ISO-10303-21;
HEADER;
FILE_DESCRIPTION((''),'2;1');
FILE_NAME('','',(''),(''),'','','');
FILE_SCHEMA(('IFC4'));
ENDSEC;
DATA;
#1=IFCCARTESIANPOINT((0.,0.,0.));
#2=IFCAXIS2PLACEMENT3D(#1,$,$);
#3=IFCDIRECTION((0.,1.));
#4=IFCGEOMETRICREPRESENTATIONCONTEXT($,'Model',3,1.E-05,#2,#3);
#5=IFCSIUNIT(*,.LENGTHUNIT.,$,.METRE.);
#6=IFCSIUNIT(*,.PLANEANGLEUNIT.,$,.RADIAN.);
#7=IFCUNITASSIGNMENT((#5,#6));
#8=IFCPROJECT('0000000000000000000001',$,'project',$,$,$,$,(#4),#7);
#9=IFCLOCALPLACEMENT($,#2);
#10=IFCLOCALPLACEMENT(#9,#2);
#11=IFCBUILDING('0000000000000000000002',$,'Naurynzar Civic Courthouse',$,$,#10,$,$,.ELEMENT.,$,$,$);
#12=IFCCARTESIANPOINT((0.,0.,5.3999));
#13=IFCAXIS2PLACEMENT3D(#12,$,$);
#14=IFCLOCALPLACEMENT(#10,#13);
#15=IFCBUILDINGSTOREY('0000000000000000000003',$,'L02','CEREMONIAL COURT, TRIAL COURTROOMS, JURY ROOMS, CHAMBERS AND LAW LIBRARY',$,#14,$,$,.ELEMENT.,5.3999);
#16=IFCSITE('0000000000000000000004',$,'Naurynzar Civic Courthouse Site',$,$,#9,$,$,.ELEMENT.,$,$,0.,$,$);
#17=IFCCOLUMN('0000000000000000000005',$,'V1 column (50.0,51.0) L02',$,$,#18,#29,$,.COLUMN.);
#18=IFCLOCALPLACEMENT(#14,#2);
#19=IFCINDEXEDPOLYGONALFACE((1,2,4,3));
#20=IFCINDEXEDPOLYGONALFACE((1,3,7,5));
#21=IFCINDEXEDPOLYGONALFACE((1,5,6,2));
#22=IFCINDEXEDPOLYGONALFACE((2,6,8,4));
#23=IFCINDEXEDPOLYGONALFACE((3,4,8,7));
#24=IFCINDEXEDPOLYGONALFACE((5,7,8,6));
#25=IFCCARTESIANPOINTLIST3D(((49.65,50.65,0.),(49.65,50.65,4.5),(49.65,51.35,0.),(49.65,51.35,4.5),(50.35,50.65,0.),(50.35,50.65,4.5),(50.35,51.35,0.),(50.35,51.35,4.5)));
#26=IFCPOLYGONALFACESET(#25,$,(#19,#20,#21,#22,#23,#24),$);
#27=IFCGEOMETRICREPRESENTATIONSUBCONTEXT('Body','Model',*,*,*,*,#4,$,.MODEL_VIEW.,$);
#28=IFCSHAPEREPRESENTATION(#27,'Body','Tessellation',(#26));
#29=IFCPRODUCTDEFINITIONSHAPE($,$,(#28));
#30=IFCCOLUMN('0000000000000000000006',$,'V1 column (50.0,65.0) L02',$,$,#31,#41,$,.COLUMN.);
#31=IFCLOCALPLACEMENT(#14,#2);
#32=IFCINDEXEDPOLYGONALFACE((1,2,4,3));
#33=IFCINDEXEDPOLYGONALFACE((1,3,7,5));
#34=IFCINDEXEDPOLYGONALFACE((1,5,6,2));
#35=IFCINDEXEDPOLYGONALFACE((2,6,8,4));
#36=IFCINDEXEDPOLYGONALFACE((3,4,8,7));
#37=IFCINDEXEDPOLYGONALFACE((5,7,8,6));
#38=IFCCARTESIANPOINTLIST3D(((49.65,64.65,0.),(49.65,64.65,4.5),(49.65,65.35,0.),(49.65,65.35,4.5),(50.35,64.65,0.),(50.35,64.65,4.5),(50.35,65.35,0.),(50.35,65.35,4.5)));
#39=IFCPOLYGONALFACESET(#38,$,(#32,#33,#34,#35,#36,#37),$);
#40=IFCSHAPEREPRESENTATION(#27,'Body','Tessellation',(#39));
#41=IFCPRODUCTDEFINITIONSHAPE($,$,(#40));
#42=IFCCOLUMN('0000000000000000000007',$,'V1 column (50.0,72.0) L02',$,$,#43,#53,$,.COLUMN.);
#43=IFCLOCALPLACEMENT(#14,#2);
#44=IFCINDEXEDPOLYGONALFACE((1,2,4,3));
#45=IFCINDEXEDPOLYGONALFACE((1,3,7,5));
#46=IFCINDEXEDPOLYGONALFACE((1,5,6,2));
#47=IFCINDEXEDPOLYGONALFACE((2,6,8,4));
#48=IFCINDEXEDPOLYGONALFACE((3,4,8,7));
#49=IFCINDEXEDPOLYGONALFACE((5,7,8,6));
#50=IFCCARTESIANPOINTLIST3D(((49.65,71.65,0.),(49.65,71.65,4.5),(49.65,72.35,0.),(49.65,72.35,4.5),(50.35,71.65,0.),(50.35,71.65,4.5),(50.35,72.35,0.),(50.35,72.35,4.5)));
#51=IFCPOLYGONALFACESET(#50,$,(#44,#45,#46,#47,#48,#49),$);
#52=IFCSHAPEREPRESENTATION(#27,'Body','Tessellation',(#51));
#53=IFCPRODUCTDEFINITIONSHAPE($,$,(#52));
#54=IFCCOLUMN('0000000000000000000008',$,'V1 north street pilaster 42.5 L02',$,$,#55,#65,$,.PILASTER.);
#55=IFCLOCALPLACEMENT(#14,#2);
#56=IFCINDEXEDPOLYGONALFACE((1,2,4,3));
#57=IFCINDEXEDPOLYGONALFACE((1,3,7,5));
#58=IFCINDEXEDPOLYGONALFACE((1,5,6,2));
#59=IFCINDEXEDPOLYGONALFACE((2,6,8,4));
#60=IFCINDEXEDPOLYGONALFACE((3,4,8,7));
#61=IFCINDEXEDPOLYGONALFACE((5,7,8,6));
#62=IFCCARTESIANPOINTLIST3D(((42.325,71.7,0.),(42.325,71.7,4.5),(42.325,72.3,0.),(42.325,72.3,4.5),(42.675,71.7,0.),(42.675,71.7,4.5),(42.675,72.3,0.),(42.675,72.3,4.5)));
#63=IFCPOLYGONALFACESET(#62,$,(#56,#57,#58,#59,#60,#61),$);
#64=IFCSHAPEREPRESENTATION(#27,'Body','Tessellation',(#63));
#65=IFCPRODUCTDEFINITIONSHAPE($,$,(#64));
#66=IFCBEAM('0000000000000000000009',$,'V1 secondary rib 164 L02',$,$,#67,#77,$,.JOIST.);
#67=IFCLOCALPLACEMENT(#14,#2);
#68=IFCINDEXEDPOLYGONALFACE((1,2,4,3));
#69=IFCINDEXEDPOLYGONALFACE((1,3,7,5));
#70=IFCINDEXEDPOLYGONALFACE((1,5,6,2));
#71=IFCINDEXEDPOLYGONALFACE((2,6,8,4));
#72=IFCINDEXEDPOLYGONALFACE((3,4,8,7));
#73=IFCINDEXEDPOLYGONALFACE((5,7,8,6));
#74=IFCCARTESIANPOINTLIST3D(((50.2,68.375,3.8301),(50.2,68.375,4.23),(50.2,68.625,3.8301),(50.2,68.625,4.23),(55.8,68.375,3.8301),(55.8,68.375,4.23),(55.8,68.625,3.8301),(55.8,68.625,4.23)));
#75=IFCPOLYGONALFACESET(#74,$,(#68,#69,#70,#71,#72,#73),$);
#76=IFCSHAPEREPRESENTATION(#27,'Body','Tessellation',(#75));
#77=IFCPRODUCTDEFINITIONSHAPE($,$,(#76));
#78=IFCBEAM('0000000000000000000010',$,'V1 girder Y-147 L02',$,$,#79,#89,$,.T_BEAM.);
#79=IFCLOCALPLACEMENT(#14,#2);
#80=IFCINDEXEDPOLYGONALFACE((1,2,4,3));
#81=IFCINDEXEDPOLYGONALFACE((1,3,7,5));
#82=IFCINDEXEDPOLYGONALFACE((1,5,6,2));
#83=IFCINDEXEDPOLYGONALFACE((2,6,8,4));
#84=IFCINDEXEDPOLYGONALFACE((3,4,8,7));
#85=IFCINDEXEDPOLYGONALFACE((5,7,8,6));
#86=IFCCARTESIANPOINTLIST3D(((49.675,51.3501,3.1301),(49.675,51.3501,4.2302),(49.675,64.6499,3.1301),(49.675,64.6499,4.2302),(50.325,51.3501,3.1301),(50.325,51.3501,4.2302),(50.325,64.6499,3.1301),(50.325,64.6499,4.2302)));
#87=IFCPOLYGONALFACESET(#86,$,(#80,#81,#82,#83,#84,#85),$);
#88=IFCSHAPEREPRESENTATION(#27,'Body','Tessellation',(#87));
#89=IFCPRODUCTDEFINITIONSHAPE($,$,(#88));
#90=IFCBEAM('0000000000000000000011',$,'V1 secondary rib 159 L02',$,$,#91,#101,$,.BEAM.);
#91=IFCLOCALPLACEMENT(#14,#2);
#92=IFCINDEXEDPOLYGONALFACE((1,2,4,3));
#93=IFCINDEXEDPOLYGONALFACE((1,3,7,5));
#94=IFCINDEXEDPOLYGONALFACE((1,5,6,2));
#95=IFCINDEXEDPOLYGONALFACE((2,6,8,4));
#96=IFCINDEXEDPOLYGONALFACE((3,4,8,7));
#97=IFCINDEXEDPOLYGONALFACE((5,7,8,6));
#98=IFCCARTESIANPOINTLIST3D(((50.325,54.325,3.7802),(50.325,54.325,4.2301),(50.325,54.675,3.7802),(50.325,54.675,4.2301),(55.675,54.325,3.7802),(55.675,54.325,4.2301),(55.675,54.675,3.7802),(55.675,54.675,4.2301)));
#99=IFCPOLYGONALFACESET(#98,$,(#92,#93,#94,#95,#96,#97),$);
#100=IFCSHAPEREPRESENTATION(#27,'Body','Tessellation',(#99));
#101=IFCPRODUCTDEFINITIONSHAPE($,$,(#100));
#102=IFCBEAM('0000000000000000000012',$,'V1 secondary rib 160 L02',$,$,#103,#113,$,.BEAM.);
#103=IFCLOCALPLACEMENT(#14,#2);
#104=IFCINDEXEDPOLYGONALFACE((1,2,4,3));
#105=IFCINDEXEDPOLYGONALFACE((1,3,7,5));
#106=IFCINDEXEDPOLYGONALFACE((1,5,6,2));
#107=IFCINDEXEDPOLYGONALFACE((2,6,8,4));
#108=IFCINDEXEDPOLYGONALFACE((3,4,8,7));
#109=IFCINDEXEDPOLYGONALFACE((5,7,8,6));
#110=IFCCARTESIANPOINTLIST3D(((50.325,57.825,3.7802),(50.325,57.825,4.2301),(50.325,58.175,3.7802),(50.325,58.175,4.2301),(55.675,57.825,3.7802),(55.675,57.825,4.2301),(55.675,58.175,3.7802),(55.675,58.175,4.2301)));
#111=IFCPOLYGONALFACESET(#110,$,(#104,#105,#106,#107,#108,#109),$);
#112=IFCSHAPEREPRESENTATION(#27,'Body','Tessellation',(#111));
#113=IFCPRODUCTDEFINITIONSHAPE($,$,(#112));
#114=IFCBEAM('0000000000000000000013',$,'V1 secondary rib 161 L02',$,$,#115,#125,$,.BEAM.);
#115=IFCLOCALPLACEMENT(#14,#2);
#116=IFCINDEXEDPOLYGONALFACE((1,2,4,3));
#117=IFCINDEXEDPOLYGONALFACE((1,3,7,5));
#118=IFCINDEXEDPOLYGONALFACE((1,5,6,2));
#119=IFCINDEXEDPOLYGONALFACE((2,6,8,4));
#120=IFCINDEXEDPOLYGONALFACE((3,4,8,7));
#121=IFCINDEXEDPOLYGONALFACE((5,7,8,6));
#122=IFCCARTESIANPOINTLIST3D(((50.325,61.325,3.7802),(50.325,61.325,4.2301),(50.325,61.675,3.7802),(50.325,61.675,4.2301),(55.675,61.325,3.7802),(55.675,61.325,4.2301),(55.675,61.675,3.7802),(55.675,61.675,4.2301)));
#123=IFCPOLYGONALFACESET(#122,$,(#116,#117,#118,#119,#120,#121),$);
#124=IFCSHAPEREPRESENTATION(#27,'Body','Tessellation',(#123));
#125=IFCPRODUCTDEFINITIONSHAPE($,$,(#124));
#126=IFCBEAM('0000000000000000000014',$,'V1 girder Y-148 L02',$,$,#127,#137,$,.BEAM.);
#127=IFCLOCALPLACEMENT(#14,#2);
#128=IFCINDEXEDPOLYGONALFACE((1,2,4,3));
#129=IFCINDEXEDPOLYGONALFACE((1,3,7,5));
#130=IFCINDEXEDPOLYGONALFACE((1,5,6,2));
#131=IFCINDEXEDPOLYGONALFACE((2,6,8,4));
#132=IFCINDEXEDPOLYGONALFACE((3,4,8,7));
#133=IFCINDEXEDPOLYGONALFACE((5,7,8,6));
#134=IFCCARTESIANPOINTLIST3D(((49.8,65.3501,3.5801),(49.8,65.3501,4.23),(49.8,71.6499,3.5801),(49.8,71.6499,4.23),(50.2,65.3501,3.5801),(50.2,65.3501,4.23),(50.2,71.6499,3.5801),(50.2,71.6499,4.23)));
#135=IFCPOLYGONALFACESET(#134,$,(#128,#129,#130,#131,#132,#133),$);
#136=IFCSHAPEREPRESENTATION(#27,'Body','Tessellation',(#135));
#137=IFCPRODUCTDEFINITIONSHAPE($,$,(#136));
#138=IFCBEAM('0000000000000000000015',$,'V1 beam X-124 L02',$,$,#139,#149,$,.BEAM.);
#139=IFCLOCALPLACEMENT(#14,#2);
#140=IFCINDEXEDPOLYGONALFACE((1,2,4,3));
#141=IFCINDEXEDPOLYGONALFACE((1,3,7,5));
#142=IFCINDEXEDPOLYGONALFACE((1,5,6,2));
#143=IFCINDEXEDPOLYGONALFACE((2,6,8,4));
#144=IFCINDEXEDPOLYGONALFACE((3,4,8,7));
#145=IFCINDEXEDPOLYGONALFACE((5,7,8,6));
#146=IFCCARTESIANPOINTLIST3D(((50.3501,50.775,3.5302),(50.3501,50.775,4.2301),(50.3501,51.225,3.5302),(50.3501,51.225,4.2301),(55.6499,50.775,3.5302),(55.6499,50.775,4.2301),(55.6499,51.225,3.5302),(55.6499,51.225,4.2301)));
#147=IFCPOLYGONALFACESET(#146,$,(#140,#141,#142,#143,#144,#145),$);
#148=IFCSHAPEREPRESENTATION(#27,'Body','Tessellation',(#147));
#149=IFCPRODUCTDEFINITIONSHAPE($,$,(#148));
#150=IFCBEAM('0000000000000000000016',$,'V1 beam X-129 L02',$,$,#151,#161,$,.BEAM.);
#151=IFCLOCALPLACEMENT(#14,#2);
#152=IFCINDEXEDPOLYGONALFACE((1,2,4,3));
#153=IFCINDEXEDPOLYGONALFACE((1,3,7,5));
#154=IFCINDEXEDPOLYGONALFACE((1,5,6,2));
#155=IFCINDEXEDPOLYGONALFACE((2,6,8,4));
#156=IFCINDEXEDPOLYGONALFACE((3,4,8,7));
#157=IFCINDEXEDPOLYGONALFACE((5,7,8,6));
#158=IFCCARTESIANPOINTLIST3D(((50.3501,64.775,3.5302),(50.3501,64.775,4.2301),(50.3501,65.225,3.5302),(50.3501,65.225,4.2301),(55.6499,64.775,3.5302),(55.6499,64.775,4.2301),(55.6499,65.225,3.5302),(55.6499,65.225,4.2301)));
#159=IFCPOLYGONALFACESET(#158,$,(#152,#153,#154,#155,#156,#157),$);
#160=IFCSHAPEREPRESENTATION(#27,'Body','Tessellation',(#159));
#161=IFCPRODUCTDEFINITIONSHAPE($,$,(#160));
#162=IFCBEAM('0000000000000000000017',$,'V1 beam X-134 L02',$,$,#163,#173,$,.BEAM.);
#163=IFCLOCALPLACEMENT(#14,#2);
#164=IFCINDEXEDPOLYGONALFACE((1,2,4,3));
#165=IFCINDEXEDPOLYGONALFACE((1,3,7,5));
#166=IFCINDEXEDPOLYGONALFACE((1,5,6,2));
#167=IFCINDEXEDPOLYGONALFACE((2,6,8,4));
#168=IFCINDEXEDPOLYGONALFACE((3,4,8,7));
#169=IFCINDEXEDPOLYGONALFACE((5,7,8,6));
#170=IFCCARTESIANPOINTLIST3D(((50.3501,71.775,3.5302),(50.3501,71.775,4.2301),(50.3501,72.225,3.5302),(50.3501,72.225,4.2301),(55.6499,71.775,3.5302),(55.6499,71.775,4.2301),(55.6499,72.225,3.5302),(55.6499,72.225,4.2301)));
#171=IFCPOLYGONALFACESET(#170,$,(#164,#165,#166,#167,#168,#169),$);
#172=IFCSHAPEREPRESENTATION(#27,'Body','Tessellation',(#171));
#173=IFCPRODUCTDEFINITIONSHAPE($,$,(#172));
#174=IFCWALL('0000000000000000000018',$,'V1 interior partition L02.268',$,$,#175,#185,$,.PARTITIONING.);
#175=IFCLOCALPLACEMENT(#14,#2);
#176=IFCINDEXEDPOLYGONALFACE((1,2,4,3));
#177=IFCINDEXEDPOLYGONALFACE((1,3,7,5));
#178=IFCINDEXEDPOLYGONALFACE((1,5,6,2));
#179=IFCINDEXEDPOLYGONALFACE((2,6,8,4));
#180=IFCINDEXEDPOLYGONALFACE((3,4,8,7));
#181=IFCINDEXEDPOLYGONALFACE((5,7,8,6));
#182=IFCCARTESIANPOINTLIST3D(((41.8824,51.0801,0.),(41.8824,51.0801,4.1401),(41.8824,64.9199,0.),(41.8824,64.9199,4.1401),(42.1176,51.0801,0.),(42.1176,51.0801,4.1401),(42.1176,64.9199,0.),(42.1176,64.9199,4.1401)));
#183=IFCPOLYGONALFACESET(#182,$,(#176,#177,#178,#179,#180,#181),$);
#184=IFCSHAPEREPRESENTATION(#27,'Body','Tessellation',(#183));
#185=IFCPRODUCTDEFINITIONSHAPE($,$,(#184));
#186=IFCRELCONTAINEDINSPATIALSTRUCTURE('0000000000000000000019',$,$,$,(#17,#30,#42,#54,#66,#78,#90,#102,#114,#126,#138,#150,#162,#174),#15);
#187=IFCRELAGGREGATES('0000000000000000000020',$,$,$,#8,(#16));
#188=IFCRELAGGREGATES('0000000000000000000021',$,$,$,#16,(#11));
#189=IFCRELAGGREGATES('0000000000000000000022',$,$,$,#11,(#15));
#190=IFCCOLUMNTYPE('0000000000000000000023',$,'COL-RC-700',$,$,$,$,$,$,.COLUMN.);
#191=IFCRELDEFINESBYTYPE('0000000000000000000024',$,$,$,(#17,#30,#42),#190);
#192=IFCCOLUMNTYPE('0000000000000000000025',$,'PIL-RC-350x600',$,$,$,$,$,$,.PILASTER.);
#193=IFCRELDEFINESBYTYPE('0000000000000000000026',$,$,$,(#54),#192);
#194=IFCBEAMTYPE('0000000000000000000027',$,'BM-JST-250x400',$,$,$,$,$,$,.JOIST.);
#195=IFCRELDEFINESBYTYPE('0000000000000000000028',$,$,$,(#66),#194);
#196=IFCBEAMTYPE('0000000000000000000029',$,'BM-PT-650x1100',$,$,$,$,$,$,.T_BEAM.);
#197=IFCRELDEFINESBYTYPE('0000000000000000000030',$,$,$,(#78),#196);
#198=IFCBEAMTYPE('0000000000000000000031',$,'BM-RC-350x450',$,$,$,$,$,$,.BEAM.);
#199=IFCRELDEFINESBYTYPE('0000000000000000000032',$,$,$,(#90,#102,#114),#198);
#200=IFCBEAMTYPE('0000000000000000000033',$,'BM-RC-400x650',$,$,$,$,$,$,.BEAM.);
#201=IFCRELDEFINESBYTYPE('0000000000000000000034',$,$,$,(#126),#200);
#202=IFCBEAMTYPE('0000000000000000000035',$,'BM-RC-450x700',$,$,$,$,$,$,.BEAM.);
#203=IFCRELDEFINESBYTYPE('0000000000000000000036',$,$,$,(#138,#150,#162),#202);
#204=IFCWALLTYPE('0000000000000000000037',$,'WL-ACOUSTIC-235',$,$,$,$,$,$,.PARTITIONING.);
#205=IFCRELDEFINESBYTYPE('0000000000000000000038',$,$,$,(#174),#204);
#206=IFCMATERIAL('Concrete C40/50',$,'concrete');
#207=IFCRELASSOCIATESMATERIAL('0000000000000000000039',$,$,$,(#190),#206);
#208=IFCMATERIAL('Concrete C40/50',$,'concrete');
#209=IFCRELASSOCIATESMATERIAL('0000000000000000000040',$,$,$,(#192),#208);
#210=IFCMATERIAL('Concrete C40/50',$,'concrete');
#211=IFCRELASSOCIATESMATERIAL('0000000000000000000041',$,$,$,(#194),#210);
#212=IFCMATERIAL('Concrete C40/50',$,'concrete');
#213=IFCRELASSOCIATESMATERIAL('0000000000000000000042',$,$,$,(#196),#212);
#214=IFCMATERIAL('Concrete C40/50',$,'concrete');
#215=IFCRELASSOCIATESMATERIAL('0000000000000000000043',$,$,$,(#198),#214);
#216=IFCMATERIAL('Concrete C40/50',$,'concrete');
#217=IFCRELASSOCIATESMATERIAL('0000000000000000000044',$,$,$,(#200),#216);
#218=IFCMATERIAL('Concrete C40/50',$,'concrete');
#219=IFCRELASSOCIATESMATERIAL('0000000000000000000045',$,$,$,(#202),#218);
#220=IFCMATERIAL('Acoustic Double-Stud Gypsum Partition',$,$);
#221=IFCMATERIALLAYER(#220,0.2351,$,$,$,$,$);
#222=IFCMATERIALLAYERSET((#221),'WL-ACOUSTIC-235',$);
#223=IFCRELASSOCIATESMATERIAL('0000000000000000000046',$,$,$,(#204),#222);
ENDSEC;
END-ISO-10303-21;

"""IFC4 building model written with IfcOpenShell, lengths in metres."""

from ifc_helpers import new_model, si_unit, direction, frame, frame_2d, origin, origin_2d, place, context, subcontext, project, spatial, rectangle, extrude, material, layer, layer_set, material_profile, profile_set, type_object, element, save


model = new_model("IFC4")

# Units and contexts
model_context = context("Model", 3, precision=1e-05, world=origin(), true_north=direction((0.0, 1.0)))
body_context = subcontext(model_context, "Body", "Model", "MODEL_VIEW")
ifc_project = project(units=[si_unit("LENGTHUNIT", "METRE"), si_unit("PLANEANGLEUNIT", "RADIAN")], contexts=[model_context])

# Site, building, storey
site_placement = place(None, origin())
site = spatial("IfcSite", under=ifc_project, at=site_placement, Name="Naurynzar Civic Courthouse Site", CompositionType="ELEMENT", RefElevation=0.0)
building_placement = place(site_placement, origin())
building = spatial("IfcBuilding", under=site, at=building_placement, Name="Naurynzar Civic Courthouse", CompositionType="ELEMENT")
storey_placement = place(building_placement, frame((0.0, 0.0, 5.3999)))
storey = spatial("IfcBuildingStorey", under=building, at=storey_placement, Name="L02", Description="CEREMONIAL COURT, TRIAL COURTROOMS, JURY ROOMS, CHAMBERS AND LAW LIBRARY", CompositionType="ELEMENT", Elevation=5.3999)

# Columns
ifc_material_1 = material(Name="Concrete C40/50", Category="concrete")
ifc_material_profile_1 = material_profile(ifc_material_1, rectangle(XDim=0.7, YDim=0.7, at=origin_2d()), Name="RC 700x700")
ifc_profile_set_1 = profile_set([ifc_material_profile_1], Name="Concrete C40/50")
column_type_1 = type_object("IfcColumnType", Name="COL-RC-700", PredefinedType="COLUMN", material=ifc_profile_set_1)
for number, where, z_axis, x_axis, name in (
    (1, (50.0, 51.0, 0.0), (0.0, 0.0, 1.0), (1.0, 0.0, 0.0), "V1 column (50.0,51.0) L02"),
    (2, (50.0, 65.0, 0.0), (0.0, 0.0, 1.0), (1.0, 0.0, 0.0), "V1 column (50.0,65.0) L02"),
    (3, (50.0, 72.0, 0.0), (0.0, 0.0, 1.0), (1.0, 0.0, 0.0), "V1 column (50.0,72.0) L02"),
):
    element("IfcColumn", number, at=place(storey_placement, frame(where, z_axis=z_axis, x_axis=x_axis)), inside=storey, type_object=column_type_1, Name=name, PredefinedType="COLUMN", context=body_context, shape_type="SweptSolid", body=[
        extrude(rectangle(XDim=0.7, YDim=0.7, at=origin_2d()), origin(), (0.0, 0.0, 1.0), 4.5),
    ])
ifc_material_2 = material(Name="Concrete C40/50", Category="concrete")
ifc_material_profile_2 = material_profile(ifc_material_2, rectangle(XDim=0.3501, YDim=0.6001, at=origin_2d()), Name="RC 350x600")
ifc_profile_set_2 = profile_set([ifc_material_profile_2], Name="Concrete C40/50")
column_type_2 = type_object("IfcColumnType", Name="PIL-RC-350x600", PredefinedType="PILASTER", material=ifc_profile_set_2)
column_placement = place(storey_placement, frame((42.5, 72.0, 0.0), z_axis=(0.0, 0.0, 1.0), x_axis=(1.0, 0.0, 0.0)))
element("IfcColumn", 4, at=column_placement, inside=storey, type_object=column_type_2, Name="V1 north street pilaster 42.5 L02", PredefinedType="PILASTER", context=body_context, shape_type="SweptSolid", body=[
    extrude(rectangle(XDim=0.3501, YDim=0.6001, at=origin_2d()), origin(), (0.0, 0.0, 1.0), 4.5),
])

# Beams
ifc_material_3 = material(Name="Concrete C40/50", Category="concrete")
ifc_material_profile_3 = material_profile(ifc_material_3, rectangle(XDim=0.25, YDim=0.3999, at=origin_2d()), Name="RCB 250x400")
ifc_profile_set_3 = profile_set([ifc_material_profile_3], Name="Concrete C40/50")
beam_type_1 = type_object("IfcBeamType", Name="BM-JST-250x400", PredefinedType="JOIST", material=ifc_profile_set_3)
beam_1_placement = place(storey_placement, frame((50.2, 68.5, 4.03), z_axis=(1.0, 0.0, 0.0), x_axis=(0.0, 1.0, 0.0)))
element("IfcBeam", 5, at=beam_1_placement, inside=storey, type_object=beam_type_1, Name="V1 secondary rib 164 L02", PredefinedType="JOIST", context=body_context, shape_type="SweptSolid", body=[
    extrude(rectangle(XDim=0.25, YDim=0.3999, at=origin_2d()), origin(), (0.0, 0.0, 1.0), 5.6001),
])
ifc_material_4 = material(Name="Concrete C40/50", Category="concrete")
ifc_material_profile_4 = material_profile(ifc_material_4, rectangle(XDim=0.6499, YDim=1.1001, at=origin_2d()), Name="PTB 650x1100")
ifc_profile_set_4 = profile_set([ifc_material_profile_4], Name="Concrete C40/50")
beam_type_2 = type_object("IfcBeamType", Name="BM-PT-650x1100", PredefinedType="T_BEAM", material=ifc_profile_set_4)
beam_2_placement = place(storey_placement, frame((50.0, 51.3501, 3.6802), z_axis=(0.0, 1.0, 0.0), x_axis=(-1.0, 0.0, 0.0)))
element("IfcBeam", 6, at=beam_2_placement, inside=storey, type_object=beam_type_2, Name="V1 girder Y-147 L02", PredefinedType="T_BEAM", context=body_context, shape_type="SweptSolid", body=[
    extrude(rectangle(XDim=0.6499, YDim=1.1001, at=origin_2d()), origin(), (0.0, 0.0, 1.0), 13.2998),
])
ifc_material_5 = material(Name="Concrete C40/50", Category="concrete")
ifc_material_profile_5 = material_profile(ifc_material_5, rectangle(XDim=0.3501, YDim=0.45, at=origin_2d()), Name="RCB 350x450")
ifc_profile_set_5 = profile_set([ifc_material_profile_5], Name="Concrete C40/50")
beam_type_3 = type_object("IfcBeamType", Name="BM-RC-350x450", PredefinedType="BEAM", material=ifc_profile_set_5)
for number, where, z_axis, x_axis, name in (
    (7, (50.325, 54.5, 4.0051), (1.0, 0.0, 0.0), (0.0, 1.0, 0.0), "V1 secondary rib 159 L02"),
    (8, (50.325, 58.0, 4.0051), (1.0, 0.0, 0.0), (0.0, 1.0, 0.0), "V1 secondary rib 160 L02"),
    (9, (50.325, 61.5, 4.0051), (1.0, 0.0, 0.0), (0.0, 1.0, 0.0), "V1 secondary rib 161 L02"),
):
    element("IfcBeam", number, at=place(storey_placement, frame(where, z_axis=z_axis, x_axis=x_axis)), inside=storey, type_object=beam_type_3, Name=name, PredefinedType="BEAM", context=body_context, shape_type="SweptSolid", body=[
        extrude(rectangle(XDim=0.3501, YDim=0.45, at=origin_2d()), origin(), (0.0, 0.0, 1.0), 5.3501),
    ])
ifc_material_6 = material(Name="Concrete C40/50", Category="concrete")
ifc_material_profile_6 = material_profile(ifc_material_6, rectangle(XDim=0.3999, YDim=0.6499, at=origin_2d()), Name="RCB 400x650")
ifc_profile_set_6 = profile_set([ifc_material_profile_6], Name="Concrete C40/50")
beam_type_4 = type_object("IfcBeamType", Name="BM-RC-400x650", PredefinedType="BEAM", material=ifc_profile_set_6)
beam_3_placement = place(storey_placement, frame((50.0, 65.3501, 3.905), z_axis=(0.0, 1.0, 0.0), x_axis=(-1.0, 0.0, 0.0)))
element("IfcBeam", 10, at=beam_3_placement, inside=storey, type_object=beam_type_4, Name="V1 girder Y-148 L02", PredefinedType="BEAM", context=body_context, shape_type="SweptSolid", body=[
    extrude(rectangle(XDim=0.3999, YDim=0.6499, at=origin_2d()), origin(), (0.0, 0.0, 1.0), 6.2998),
])
ifc_material_7 = material(Name="Concrete C40/50", Category="concrete")
ifc_material_profile_7 = material_profile(ifc_material_7, rectangle(XDim=0.45, YDim=0.7, at=origin_2d()), Name="RCB 450x700")
ifc_profile_set_7 = profile_set([ifc_material_profile_7], Name="Concrete C40/50")
beam_type_5 = type_object("IfcBeamType", Name="BM-RC-450x700", PredefinedType="BEAM", material=ifc_profile_set_7)
for number, where, z_axis, x_axis, name in (
    (11, (50.3501, 51.0, 3.8801), (1.0, 0.0, 0.0), (0.0, 1.0, 0.0), "V1 beam X-124 L02"),
    (12, (50.3501, 65.0, 3.8801), (1.0, 0.0, 0.0), (0.0, 1.0, 0.0), "V1 beam X-129 L02"),
    (13, (50.3501, 72.0, 3.8801), (1.0, 0.0, 0.0), (0.0, 1.0, 0.0), "V1 beam X-134 L02"),
):
    element("IfcBeam", number, at=place(storey_placement, frame(where, z_axis=z_axis, x_axis=x_axis)), inside=storey, type_object=beam_type_5, Name=name, PredefinedType="BEAM", context=body_context, shape_type="SweptSolid", body=[
        extrude(rectangle(XDim=0.45, YDim=0.7, at=origin_2d()), origin(), (0.0, 0.0, 1.0), 5.2998),
    ])

# Wall
ifc_material_8 = material(Name="Acoustic Double-Stud Gypsum Partition")
ifc_layer_1 = layer(ifc_material_8, 0.2351)
ifc_layer_set_1 = layer_set([ifc_layer_1], Name="WL-ACOUSTIC-235")
wall_type_1 = type_object("IfcWallType", Name="WL-ACOUSTIC-235", PredefinedType="PARTITIONING", material=ifc_layer_set_1)
wall_1_placement = place(storey_placement, frame((42.0, 51.0801, 0.0), z_axis=(0.0, 0.0, 1.0), x_axis=(0.0, 1.0, 0.0)))
element("IfcWall", 14, at=wall_1_placement, inside=storey, type_object=wall_type_1, Name="V1 interior partition L02.268", PredefinedType="PARTITIONING", context=body_context, shape_type="SweptSolid", body=[
    extrude(rectangle(XDim=13.8398, YDim=0.2351, at=frame_2d((6.9199, 0.0))), origin(), (0.0, 0.0, 1.0), 4.1401),
])

save(model, "model.ifc")
